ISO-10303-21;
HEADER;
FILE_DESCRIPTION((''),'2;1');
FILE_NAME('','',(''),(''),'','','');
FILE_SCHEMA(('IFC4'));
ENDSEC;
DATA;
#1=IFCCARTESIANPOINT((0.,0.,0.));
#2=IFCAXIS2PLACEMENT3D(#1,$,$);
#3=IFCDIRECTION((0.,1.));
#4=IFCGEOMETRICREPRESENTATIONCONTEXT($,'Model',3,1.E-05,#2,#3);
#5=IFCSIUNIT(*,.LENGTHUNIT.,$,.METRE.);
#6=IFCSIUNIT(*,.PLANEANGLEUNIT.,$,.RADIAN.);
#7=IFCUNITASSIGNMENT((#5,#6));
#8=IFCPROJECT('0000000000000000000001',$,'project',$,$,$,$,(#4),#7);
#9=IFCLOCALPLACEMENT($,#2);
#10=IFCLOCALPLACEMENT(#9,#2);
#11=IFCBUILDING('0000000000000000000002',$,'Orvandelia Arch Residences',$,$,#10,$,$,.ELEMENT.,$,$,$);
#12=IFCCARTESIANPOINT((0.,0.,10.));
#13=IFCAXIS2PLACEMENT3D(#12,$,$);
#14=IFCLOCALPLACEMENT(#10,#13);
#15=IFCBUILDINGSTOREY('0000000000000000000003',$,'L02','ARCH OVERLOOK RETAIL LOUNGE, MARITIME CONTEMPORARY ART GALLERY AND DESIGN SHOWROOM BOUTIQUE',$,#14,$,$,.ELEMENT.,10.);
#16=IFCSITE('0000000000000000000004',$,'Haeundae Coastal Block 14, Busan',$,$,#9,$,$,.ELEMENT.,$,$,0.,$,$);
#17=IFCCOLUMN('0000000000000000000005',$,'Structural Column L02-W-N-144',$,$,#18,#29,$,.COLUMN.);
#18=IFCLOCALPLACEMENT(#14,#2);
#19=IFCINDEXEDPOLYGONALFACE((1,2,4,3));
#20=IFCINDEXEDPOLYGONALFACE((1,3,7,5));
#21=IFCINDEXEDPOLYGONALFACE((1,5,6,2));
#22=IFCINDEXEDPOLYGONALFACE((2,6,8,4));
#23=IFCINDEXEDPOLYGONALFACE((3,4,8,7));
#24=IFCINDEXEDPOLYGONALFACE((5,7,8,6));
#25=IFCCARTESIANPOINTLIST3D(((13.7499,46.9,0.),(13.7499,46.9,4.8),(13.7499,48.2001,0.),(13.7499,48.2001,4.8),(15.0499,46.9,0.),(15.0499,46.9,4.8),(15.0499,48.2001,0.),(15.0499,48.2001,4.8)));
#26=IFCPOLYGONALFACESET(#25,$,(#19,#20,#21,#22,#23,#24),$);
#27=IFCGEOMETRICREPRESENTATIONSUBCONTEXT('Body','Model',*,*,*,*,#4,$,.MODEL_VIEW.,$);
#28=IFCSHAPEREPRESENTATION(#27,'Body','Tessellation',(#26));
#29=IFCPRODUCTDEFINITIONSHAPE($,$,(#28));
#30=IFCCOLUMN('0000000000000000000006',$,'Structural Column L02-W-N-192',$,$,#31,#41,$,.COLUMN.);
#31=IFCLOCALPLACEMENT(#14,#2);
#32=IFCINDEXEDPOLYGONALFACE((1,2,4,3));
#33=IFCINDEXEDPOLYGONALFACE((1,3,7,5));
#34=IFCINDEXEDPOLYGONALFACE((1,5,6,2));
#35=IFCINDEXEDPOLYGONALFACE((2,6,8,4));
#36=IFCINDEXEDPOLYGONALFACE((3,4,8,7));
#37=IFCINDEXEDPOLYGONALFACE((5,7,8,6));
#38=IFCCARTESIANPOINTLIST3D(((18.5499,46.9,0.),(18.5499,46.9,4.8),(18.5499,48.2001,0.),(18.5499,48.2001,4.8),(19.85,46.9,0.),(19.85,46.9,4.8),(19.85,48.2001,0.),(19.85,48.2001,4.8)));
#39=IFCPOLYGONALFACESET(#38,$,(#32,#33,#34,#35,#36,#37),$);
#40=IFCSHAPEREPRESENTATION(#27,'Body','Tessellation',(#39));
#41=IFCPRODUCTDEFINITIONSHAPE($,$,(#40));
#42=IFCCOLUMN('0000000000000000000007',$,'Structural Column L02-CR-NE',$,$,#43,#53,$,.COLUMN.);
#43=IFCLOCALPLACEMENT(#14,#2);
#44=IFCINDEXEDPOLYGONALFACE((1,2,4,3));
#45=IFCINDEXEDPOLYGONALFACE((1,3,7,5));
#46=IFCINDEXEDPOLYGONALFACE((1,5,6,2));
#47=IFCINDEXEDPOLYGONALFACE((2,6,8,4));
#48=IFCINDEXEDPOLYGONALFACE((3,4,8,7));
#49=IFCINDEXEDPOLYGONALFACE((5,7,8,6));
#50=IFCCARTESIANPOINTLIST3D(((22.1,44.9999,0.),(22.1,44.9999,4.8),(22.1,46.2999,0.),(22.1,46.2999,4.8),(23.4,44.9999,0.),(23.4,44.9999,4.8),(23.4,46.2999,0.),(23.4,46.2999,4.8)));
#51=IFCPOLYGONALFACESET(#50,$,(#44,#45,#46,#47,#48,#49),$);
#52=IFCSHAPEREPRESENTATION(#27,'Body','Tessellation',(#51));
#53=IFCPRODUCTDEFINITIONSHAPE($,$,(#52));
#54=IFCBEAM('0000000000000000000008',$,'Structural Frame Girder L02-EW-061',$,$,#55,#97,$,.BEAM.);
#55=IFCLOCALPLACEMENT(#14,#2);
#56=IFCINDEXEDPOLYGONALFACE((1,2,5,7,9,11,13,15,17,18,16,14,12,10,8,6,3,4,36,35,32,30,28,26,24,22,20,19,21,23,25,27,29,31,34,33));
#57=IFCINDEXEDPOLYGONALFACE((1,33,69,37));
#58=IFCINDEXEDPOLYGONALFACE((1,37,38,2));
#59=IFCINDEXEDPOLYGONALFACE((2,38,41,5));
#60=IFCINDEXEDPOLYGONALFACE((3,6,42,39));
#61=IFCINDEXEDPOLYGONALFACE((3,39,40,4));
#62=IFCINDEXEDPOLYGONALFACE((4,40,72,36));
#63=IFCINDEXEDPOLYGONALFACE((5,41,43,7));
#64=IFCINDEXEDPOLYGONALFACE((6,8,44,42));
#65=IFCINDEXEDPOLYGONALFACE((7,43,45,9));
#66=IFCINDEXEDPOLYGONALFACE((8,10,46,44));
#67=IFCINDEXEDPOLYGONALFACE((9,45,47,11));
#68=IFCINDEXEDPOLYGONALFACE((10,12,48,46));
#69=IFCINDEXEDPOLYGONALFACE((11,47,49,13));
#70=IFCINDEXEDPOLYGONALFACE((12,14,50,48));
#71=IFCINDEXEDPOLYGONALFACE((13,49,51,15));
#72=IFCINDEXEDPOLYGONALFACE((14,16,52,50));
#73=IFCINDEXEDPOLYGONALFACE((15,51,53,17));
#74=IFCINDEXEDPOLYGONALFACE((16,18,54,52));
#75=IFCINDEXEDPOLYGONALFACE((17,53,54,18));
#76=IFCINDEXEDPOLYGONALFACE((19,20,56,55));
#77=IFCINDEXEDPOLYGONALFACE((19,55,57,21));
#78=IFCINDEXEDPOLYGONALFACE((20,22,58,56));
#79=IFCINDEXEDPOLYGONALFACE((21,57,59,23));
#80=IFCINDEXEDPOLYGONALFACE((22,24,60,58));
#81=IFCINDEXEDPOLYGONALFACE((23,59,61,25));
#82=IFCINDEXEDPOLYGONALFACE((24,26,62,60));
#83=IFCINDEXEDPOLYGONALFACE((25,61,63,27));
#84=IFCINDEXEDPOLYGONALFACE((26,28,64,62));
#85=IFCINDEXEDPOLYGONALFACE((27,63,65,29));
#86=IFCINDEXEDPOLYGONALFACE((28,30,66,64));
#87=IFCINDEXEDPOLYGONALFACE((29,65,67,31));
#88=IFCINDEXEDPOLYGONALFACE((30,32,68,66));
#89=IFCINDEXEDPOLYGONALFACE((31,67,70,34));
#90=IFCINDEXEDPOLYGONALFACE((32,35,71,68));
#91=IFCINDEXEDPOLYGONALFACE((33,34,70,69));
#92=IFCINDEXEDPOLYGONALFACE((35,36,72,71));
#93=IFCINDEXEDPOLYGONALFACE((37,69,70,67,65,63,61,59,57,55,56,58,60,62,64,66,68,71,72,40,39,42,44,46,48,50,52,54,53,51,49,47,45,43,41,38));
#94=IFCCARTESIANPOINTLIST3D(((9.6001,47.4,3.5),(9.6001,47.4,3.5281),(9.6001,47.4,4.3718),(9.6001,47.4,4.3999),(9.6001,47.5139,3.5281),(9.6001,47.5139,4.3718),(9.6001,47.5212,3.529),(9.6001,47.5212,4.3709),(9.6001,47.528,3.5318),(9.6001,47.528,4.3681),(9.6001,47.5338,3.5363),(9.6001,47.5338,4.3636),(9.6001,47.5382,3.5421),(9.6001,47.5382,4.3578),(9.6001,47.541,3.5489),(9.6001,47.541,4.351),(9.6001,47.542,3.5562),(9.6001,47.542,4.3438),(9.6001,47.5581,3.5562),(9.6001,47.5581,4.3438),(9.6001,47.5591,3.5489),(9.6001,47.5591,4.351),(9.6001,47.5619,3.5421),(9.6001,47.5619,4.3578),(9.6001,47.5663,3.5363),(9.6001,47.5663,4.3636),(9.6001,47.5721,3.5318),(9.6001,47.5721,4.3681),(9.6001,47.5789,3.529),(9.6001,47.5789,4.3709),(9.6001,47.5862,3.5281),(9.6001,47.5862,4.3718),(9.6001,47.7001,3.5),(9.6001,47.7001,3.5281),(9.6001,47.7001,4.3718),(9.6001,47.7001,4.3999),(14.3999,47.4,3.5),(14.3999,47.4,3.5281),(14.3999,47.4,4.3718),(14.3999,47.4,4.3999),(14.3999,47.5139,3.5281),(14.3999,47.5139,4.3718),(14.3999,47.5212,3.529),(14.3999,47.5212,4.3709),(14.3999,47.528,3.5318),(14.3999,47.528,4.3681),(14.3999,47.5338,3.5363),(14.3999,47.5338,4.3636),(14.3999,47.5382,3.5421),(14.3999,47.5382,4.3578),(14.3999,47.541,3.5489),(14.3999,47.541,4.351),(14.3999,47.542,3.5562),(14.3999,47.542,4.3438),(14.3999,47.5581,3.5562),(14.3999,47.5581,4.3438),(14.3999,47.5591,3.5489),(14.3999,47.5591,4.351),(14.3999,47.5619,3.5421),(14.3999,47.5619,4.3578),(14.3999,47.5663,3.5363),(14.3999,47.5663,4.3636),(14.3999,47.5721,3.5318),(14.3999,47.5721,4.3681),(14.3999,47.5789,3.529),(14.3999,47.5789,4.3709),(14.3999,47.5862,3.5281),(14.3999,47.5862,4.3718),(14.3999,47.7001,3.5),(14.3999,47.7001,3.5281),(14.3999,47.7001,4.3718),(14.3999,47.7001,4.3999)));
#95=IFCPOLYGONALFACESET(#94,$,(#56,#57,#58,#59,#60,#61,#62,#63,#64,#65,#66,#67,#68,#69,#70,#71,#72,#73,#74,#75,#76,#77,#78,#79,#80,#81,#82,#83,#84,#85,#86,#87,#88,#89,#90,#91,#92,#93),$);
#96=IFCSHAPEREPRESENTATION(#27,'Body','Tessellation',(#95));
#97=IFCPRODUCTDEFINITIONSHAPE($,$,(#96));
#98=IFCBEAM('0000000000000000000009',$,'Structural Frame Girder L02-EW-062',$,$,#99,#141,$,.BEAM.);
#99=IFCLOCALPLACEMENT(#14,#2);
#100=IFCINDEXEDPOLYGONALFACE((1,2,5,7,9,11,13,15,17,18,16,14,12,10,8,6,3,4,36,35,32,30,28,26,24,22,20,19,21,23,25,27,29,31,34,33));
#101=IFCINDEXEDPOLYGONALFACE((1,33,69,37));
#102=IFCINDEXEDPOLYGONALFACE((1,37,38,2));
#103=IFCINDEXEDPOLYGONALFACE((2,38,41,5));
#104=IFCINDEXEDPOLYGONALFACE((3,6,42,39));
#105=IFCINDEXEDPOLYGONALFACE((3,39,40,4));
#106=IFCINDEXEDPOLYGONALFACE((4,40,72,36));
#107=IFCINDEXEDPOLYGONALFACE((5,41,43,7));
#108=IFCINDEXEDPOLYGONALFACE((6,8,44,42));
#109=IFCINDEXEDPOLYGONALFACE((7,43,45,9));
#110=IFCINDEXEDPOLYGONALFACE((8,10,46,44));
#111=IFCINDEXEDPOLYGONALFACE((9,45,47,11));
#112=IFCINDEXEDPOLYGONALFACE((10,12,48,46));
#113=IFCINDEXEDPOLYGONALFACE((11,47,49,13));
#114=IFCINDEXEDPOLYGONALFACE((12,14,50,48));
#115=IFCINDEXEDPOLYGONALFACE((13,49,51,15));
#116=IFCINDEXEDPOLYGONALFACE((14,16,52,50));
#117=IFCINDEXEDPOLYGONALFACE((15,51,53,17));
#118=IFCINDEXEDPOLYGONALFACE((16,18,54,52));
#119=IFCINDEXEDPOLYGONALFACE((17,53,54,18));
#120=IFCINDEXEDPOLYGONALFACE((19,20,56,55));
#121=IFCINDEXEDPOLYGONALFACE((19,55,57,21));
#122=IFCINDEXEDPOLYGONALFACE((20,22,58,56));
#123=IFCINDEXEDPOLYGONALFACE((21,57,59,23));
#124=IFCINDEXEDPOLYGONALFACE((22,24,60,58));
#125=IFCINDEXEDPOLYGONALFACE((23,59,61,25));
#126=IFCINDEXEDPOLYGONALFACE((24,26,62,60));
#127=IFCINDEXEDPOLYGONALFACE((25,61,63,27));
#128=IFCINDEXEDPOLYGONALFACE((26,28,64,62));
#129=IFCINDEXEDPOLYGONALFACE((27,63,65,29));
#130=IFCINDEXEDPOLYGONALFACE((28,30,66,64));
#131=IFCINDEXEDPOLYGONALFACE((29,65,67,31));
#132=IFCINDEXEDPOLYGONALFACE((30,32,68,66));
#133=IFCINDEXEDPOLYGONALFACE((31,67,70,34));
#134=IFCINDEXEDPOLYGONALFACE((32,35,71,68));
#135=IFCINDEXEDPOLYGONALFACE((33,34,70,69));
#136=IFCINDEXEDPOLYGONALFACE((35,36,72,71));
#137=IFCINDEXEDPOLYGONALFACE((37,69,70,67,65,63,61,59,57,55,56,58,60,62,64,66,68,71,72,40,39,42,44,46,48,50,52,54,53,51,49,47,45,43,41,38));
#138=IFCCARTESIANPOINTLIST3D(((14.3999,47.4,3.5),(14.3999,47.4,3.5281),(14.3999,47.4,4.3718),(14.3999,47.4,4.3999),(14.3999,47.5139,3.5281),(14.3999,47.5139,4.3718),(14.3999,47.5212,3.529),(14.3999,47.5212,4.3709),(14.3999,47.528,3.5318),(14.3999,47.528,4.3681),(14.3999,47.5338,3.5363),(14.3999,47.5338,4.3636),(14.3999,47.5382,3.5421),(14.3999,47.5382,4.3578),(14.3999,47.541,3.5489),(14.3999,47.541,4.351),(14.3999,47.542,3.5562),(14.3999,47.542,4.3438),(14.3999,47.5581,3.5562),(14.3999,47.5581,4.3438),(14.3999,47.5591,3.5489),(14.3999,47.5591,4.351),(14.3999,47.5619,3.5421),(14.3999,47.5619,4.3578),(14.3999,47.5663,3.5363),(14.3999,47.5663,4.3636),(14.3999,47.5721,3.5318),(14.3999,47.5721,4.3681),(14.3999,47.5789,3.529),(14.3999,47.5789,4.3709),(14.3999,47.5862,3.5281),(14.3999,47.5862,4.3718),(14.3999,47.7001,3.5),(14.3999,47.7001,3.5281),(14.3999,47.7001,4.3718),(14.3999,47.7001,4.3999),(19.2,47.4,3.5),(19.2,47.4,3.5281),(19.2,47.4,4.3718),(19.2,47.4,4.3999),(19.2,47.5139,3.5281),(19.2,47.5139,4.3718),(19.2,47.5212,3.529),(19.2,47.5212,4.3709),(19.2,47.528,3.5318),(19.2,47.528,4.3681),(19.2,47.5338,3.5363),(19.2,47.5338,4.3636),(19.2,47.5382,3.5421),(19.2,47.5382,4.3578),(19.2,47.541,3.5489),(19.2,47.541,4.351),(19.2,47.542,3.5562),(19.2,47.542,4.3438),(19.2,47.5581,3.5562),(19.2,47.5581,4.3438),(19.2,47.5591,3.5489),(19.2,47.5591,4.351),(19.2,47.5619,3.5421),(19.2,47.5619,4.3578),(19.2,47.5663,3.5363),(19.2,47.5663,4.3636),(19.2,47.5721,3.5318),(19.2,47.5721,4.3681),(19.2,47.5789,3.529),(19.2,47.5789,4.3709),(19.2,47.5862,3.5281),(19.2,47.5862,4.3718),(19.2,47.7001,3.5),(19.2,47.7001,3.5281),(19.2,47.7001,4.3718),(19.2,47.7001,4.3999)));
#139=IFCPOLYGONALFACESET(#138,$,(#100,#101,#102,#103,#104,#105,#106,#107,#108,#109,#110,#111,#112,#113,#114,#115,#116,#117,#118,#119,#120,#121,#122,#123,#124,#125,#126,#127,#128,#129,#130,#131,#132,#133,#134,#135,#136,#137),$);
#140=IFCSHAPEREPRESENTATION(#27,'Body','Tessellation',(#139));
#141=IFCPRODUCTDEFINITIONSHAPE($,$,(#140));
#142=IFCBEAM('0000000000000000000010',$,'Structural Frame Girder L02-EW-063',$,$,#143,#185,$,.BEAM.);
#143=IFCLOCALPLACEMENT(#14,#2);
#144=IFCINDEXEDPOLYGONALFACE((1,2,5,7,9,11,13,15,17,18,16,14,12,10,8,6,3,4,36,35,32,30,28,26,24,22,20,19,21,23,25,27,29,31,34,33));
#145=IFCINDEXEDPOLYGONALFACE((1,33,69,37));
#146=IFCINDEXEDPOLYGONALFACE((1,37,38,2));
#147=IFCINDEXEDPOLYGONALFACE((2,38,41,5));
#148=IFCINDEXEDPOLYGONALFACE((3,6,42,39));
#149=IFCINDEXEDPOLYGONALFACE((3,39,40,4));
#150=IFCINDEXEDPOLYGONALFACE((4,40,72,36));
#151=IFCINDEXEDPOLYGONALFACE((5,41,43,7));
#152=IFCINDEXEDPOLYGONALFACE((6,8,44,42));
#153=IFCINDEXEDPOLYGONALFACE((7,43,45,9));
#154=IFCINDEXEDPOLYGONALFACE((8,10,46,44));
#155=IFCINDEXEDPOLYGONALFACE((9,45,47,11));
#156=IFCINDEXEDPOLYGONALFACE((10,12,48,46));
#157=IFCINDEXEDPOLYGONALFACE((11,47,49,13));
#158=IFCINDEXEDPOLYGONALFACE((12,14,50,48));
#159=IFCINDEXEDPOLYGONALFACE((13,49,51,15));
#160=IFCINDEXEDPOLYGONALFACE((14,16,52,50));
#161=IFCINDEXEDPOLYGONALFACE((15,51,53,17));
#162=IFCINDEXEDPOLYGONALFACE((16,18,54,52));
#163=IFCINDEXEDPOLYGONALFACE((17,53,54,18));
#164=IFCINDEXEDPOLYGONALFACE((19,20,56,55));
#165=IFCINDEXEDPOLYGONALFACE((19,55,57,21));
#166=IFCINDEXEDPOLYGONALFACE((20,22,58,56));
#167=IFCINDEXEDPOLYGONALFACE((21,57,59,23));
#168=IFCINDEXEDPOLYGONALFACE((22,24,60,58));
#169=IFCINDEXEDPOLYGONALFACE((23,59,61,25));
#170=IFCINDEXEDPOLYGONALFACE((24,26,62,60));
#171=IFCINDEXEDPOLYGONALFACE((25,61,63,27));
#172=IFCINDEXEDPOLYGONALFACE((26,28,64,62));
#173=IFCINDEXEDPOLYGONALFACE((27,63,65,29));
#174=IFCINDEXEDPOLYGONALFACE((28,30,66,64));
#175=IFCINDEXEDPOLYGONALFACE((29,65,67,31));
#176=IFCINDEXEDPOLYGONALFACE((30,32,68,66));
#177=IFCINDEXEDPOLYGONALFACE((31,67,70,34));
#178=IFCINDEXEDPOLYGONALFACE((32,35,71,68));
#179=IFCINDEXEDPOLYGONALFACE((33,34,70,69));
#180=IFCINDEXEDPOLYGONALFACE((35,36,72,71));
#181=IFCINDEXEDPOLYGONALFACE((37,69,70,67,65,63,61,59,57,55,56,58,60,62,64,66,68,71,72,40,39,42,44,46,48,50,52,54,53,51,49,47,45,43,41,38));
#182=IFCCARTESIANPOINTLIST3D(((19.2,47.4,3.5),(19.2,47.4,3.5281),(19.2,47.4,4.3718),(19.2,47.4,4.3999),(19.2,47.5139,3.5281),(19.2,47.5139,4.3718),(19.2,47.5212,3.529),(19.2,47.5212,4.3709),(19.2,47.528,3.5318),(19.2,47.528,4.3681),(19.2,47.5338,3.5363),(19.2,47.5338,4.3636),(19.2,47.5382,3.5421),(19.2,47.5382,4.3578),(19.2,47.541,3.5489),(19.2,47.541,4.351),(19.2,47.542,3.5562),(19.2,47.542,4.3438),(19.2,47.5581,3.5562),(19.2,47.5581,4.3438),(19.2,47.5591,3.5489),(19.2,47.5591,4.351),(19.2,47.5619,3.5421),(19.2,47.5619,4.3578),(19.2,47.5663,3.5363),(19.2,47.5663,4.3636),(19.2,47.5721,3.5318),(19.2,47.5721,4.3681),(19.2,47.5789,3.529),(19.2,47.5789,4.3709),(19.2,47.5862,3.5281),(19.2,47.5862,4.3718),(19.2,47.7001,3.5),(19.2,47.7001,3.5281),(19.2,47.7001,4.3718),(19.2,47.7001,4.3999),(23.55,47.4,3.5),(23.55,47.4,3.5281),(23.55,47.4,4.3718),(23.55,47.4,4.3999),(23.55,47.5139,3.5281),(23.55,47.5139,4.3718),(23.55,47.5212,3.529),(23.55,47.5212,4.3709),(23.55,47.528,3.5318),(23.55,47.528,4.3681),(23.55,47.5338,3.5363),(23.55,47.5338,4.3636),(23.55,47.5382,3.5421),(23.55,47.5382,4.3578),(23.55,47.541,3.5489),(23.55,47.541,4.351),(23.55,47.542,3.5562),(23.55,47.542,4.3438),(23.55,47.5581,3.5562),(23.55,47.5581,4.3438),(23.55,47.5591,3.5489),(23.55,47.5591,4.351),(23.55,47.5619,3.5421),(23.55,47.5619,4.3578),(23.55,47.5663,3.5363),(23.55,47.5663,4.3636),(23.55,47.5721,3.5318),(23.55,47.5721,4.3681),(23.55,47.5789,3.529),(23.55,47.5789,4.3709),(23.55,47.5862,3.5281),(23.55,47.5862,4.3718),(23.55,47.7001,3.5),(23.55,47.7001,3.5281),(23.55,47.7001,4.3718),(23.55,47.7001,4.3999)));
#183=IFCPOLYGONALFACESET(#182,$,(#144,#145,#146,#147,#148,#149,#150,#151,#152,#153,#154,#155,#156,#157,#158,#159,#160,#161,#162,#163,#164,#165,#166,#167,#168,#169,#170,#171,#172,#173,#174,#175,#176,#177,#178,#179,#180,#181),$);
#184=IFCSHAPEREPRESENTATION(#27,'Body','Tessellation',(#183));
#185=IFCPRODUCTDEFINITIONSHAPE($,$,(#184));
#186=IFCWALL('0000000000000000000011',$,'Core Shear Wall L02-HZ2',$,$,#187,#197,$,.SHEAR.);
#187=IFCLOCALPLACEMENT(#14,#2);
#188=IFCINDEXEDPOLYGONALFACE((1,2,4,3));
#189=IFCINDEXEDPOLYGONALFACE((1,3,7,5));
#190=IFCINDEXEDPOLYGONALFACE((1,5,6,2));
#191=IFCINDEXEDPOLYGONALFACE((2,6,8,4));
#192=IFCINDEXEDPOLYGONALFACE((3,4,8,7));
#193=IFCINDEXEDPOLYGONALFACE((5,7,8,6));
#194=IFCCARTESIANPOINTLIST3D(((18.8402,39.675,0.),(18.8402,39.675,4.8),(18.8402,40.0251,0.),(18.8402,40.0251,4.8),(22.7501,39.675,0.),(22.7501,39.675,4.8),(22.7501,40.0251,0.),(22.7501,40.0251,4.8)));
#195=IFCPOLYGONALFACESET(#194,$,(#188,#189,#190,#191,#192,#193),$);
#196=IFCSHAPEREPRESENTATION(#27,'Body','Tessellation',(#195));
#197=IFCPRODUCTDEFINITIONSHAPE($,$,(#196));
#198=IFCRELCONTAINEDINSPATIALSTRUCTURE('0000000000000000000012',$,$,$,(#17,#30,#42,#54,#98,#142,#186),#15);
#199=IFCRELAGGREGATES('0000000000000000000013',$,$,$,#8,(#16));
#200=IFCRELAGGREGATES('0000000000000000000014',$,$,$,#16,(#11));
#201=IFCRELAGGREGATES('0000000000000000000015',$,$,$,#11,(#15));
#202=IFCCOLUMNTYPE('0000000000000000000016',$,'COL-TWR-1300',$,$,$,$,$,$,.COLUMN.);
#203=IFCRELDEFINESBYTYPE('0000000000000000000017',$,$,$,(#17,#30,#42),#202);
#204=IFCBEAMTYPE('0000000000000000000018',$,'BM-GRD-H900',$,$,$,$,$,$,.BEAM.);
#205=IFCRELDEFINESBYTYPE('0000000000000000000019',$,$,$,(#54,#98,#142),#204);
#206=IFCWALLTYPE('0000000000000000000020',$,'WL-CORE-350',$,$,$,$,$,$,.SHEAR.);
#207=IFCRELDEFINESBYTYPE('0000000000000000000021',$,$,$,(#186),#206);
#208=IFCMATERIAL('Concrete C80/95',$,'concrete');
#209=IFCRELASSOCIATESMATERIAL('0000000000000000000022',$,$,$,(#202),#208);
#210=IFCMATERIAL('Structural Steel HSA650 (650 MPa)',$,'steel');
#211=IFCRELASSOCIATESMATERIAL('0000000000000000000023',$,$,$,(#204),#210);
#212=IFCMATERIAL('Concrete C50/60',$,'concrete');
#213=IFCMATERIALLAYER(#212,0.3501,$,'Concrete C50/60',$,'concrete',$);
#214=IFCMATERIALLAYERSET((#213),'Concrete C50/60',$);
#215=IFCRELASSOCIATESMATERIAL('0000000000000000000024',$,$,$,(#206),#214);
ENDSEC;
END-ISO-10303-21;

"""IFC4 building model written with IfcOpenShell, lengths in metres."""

from ifc_helpers import new_model, si_unit, direction, frame, frame_2d, origin, origin_2d, place, context, subcontext, project, spatial, rectangle, i_section, extrude, material, layer, layer_set, material_profile, profile_set, type_object, element, save


model = new_model("IFC4")

# Units and contexts
model_context = context("Model", 3, precision=1e-05, world=origin(), true_north=direction((0.0, 1.0)))
body_context = subcontext(model_context, "Body", "Model", "MODEL_VIEW")
ifc_project = project(units=[si_unit("LENGTHUNIT", "METRE"), si_unit("PLANEANGLEUNIT", "RADIAN")], contexts=[model_context])

# Site, building, storey
site_placement = place(None, origin())
site = spatial("IfcSite", under=ifc_project, at=site_placement, Name="Haeundae Coastal Block 14, Busan", CompositionType="ELEMENT", RefElevation=0.0)
building_placement = place(site_placement, origin())
building = spatial("IfcBuilding", under=site, at=building_placement, Name="Orvandelia Arch Residences", CompositionType="ELEMENT")
storey_placement = place(building_placement, frame((0.0, 0.0, 10.0)))
storey = spatial("IfcBuildingStorey", under=building, at=storey_placement, Name="L02", Description="ARCH OVERLOOK RETAIL LOUNGE, MARITIME CONTEMPORARY ART GALLERY AND DESIGN SHOWROOM BOUTIQUE", CompositionType="ELEMENT", Elevation=10.0)

# Columns
ifc_material_1 = material(Name="Concrete C80/95", Category="concrete")
ifc_material_profile_1 = material_profile(ifc_material_1, rectangle(XDim=1.3, YDim=1.3, at=origin_2d()), Name="Concrete C80/95", Category="concrete")
ifc_profile_set_1 = profile_set([ifc_material_profile_1], Name="Concrete C80/95")
column_type = type_object("IfcColumnType", Name="COL-TWR-1300", PredefinedType="COLUMN", material=ifc_profile_set_1)
for number, where, z_axis, x_axis, name in (
    (1, (14.3999, 47.55, 0.0), (0.0, 0.0, 1.0), (1.0, 0.0, 0.0), "Structural Column L02-W-N-144"),
    (2, (19.2, 47.55, 0.0), (0.0, 0.0, 1.0), (1.0, 0.0, 0.0), "Structural Column L02-W-N-192"),
    (3, (22.75, 45.6499, 0.0), (0.0, 0.0, 1.0), (1.0, 0.0, 0.0), "Structural Column L02-CR-NE"),
):
    element("IfcColumn", number, at=place(storey_placement, frame(where, z_axis=z_axis, x_axis=x_axis)), inside=storey, type_object=column_type, Name=name, PredefinedType="COLUMN", context=body_context, shape_type="SweptSolid", body=[
        extrude(rectangle(XDim=1.3, YDim=1.3, at=origin_2d()), origin(), (0.0, 0.0, 1.0), 4.8),
    ])

# Beams
ifc_material_2 = material(Name="Structural Steel HSA650 (650 MPa)", Category="steel")
ifc_material_profile_2 = material_profile(ifc_material_2, i_section(OverallWidth=0.3, OverallDepth=0.8999, WebThickness=0.0161, FlangeThickness=0.0281, FilletRadius=0.0281, at=origin_2d()), Name="Structural Steel HSA650 (650 MPa)", Category="steel")
ifc_profile_set_2 = profile_set([ifc_material_profile_2], Name="Structural Steel HSA650 (650 MPa)")
beam_type = type_object("IfcBeamType", Name="BM-GRD-H900", PredefinedType="BEAM", material=ifc_profile_set_2)
beam_1_placement = place(storey_placement, frame((9.6001, 47.55, 3.95), z_axis=(1.0, 0.0, 0.0), x_axis=(0.0, 1.0, 0.0)))
element("IfcBeam", 4, at=beam_1_placement, inside=storey, type_object=beam_type, Name="Structural Frame Girder L02-EW-061", PredefinedType="BEAM", context=body_context, shape_type="SweptSolid", body=[
    extrude(i_section(OverallWidth=0.3, OverallDepth=0.8999, WebThickness=0.0161, FlangeThickness=0.0281, FilletRadius=0.0281, at=origin_2d()), origin(), (0.0, 0.0, 1.0), 4.7998),
])
beam_2_placement = place(storey_placement, frame((14.3999, 47.55, 3.95), z_axis=(1.0, 0.0, 0.0), x_axis=(0.0, 1.0, 0.0)))
element("IfcBeam", 5, at=beam_2_placement, inside=storey, type_object=beam_type, Name="Structural Frame Girder L02-EW-062", PredefinedType="BEAM", context=body_context, shape_type="SweptSolid", body=[
    extrude(i_section(OverallWidth=0.3, OverallDepth=0.8999, WebThickness=0.0161, FlangeThickness=0.0281, FilletRadius=0.0281, at=origin_2d()), origin(), (0.0, 0.0, 1.0), 4.8),
])
beam_3_placement = place(storey_placement, frame((19.2, 47.55, 3.95), z_axis=(1.0, 0.0, 0.0), x_axis=(0.0, 1.0, 0.0)))
element("IfcBeam", 6, at=beam_3_placement, inside=storey, type_object=beam_type, Name="Structural Frame Girder L02-EW-063", PredefinedType="BEAM", context=body_context, shape_type="SweptSolid", body=[
    extrude(i_section(OverallWidth=0.3, OverallDepth=0.8999, WebThickness=0.0161, FlangeThickness=0.0281, FilletRadius=0.0281, at=origin_2d()), origin(), (0.0, 0.0, 1.0), 4.3501),
])

# Wall
ifc_material_3 = material(Name="Concrete C50/60", Category="concrete")
ifc_layer_1 = layer(ifc_material_3, 0.3501, Name="Concrete C50/60", Category="concrete")
ifc_layer_set_1 = layer_set([ifc_layer_1], Name="Concrete C50/60")
wall_type_1 = type_object("IfcWallType", Name="WL-CORE-350", PredefinedType="SHEAR", material=ifc_layer_set_1)
wall_1_placement = place(storey_placement, frame((18.8401, 39.8501, 0.0), z_axis=(0.0, 0.0, 1.0), x_axis=(1.0, 0.0, 0.0)))
element("IfcWall", 7, at=wall_1_placement, inside=storey, type_object=wall_type_1, Name="Core Shear Wall L02-HZ2", PredefinedType="SHEAR", context=body_context, shape_type="SweptSolid", body=[
    extrude(rectangle(XDim=3.9099, YDim=0.3501, at=frame_2d((1.9551, 0.0))), origin(), (0.0, 0.0, 1.0), 4.8),
])

save(model, "model.ifc")
